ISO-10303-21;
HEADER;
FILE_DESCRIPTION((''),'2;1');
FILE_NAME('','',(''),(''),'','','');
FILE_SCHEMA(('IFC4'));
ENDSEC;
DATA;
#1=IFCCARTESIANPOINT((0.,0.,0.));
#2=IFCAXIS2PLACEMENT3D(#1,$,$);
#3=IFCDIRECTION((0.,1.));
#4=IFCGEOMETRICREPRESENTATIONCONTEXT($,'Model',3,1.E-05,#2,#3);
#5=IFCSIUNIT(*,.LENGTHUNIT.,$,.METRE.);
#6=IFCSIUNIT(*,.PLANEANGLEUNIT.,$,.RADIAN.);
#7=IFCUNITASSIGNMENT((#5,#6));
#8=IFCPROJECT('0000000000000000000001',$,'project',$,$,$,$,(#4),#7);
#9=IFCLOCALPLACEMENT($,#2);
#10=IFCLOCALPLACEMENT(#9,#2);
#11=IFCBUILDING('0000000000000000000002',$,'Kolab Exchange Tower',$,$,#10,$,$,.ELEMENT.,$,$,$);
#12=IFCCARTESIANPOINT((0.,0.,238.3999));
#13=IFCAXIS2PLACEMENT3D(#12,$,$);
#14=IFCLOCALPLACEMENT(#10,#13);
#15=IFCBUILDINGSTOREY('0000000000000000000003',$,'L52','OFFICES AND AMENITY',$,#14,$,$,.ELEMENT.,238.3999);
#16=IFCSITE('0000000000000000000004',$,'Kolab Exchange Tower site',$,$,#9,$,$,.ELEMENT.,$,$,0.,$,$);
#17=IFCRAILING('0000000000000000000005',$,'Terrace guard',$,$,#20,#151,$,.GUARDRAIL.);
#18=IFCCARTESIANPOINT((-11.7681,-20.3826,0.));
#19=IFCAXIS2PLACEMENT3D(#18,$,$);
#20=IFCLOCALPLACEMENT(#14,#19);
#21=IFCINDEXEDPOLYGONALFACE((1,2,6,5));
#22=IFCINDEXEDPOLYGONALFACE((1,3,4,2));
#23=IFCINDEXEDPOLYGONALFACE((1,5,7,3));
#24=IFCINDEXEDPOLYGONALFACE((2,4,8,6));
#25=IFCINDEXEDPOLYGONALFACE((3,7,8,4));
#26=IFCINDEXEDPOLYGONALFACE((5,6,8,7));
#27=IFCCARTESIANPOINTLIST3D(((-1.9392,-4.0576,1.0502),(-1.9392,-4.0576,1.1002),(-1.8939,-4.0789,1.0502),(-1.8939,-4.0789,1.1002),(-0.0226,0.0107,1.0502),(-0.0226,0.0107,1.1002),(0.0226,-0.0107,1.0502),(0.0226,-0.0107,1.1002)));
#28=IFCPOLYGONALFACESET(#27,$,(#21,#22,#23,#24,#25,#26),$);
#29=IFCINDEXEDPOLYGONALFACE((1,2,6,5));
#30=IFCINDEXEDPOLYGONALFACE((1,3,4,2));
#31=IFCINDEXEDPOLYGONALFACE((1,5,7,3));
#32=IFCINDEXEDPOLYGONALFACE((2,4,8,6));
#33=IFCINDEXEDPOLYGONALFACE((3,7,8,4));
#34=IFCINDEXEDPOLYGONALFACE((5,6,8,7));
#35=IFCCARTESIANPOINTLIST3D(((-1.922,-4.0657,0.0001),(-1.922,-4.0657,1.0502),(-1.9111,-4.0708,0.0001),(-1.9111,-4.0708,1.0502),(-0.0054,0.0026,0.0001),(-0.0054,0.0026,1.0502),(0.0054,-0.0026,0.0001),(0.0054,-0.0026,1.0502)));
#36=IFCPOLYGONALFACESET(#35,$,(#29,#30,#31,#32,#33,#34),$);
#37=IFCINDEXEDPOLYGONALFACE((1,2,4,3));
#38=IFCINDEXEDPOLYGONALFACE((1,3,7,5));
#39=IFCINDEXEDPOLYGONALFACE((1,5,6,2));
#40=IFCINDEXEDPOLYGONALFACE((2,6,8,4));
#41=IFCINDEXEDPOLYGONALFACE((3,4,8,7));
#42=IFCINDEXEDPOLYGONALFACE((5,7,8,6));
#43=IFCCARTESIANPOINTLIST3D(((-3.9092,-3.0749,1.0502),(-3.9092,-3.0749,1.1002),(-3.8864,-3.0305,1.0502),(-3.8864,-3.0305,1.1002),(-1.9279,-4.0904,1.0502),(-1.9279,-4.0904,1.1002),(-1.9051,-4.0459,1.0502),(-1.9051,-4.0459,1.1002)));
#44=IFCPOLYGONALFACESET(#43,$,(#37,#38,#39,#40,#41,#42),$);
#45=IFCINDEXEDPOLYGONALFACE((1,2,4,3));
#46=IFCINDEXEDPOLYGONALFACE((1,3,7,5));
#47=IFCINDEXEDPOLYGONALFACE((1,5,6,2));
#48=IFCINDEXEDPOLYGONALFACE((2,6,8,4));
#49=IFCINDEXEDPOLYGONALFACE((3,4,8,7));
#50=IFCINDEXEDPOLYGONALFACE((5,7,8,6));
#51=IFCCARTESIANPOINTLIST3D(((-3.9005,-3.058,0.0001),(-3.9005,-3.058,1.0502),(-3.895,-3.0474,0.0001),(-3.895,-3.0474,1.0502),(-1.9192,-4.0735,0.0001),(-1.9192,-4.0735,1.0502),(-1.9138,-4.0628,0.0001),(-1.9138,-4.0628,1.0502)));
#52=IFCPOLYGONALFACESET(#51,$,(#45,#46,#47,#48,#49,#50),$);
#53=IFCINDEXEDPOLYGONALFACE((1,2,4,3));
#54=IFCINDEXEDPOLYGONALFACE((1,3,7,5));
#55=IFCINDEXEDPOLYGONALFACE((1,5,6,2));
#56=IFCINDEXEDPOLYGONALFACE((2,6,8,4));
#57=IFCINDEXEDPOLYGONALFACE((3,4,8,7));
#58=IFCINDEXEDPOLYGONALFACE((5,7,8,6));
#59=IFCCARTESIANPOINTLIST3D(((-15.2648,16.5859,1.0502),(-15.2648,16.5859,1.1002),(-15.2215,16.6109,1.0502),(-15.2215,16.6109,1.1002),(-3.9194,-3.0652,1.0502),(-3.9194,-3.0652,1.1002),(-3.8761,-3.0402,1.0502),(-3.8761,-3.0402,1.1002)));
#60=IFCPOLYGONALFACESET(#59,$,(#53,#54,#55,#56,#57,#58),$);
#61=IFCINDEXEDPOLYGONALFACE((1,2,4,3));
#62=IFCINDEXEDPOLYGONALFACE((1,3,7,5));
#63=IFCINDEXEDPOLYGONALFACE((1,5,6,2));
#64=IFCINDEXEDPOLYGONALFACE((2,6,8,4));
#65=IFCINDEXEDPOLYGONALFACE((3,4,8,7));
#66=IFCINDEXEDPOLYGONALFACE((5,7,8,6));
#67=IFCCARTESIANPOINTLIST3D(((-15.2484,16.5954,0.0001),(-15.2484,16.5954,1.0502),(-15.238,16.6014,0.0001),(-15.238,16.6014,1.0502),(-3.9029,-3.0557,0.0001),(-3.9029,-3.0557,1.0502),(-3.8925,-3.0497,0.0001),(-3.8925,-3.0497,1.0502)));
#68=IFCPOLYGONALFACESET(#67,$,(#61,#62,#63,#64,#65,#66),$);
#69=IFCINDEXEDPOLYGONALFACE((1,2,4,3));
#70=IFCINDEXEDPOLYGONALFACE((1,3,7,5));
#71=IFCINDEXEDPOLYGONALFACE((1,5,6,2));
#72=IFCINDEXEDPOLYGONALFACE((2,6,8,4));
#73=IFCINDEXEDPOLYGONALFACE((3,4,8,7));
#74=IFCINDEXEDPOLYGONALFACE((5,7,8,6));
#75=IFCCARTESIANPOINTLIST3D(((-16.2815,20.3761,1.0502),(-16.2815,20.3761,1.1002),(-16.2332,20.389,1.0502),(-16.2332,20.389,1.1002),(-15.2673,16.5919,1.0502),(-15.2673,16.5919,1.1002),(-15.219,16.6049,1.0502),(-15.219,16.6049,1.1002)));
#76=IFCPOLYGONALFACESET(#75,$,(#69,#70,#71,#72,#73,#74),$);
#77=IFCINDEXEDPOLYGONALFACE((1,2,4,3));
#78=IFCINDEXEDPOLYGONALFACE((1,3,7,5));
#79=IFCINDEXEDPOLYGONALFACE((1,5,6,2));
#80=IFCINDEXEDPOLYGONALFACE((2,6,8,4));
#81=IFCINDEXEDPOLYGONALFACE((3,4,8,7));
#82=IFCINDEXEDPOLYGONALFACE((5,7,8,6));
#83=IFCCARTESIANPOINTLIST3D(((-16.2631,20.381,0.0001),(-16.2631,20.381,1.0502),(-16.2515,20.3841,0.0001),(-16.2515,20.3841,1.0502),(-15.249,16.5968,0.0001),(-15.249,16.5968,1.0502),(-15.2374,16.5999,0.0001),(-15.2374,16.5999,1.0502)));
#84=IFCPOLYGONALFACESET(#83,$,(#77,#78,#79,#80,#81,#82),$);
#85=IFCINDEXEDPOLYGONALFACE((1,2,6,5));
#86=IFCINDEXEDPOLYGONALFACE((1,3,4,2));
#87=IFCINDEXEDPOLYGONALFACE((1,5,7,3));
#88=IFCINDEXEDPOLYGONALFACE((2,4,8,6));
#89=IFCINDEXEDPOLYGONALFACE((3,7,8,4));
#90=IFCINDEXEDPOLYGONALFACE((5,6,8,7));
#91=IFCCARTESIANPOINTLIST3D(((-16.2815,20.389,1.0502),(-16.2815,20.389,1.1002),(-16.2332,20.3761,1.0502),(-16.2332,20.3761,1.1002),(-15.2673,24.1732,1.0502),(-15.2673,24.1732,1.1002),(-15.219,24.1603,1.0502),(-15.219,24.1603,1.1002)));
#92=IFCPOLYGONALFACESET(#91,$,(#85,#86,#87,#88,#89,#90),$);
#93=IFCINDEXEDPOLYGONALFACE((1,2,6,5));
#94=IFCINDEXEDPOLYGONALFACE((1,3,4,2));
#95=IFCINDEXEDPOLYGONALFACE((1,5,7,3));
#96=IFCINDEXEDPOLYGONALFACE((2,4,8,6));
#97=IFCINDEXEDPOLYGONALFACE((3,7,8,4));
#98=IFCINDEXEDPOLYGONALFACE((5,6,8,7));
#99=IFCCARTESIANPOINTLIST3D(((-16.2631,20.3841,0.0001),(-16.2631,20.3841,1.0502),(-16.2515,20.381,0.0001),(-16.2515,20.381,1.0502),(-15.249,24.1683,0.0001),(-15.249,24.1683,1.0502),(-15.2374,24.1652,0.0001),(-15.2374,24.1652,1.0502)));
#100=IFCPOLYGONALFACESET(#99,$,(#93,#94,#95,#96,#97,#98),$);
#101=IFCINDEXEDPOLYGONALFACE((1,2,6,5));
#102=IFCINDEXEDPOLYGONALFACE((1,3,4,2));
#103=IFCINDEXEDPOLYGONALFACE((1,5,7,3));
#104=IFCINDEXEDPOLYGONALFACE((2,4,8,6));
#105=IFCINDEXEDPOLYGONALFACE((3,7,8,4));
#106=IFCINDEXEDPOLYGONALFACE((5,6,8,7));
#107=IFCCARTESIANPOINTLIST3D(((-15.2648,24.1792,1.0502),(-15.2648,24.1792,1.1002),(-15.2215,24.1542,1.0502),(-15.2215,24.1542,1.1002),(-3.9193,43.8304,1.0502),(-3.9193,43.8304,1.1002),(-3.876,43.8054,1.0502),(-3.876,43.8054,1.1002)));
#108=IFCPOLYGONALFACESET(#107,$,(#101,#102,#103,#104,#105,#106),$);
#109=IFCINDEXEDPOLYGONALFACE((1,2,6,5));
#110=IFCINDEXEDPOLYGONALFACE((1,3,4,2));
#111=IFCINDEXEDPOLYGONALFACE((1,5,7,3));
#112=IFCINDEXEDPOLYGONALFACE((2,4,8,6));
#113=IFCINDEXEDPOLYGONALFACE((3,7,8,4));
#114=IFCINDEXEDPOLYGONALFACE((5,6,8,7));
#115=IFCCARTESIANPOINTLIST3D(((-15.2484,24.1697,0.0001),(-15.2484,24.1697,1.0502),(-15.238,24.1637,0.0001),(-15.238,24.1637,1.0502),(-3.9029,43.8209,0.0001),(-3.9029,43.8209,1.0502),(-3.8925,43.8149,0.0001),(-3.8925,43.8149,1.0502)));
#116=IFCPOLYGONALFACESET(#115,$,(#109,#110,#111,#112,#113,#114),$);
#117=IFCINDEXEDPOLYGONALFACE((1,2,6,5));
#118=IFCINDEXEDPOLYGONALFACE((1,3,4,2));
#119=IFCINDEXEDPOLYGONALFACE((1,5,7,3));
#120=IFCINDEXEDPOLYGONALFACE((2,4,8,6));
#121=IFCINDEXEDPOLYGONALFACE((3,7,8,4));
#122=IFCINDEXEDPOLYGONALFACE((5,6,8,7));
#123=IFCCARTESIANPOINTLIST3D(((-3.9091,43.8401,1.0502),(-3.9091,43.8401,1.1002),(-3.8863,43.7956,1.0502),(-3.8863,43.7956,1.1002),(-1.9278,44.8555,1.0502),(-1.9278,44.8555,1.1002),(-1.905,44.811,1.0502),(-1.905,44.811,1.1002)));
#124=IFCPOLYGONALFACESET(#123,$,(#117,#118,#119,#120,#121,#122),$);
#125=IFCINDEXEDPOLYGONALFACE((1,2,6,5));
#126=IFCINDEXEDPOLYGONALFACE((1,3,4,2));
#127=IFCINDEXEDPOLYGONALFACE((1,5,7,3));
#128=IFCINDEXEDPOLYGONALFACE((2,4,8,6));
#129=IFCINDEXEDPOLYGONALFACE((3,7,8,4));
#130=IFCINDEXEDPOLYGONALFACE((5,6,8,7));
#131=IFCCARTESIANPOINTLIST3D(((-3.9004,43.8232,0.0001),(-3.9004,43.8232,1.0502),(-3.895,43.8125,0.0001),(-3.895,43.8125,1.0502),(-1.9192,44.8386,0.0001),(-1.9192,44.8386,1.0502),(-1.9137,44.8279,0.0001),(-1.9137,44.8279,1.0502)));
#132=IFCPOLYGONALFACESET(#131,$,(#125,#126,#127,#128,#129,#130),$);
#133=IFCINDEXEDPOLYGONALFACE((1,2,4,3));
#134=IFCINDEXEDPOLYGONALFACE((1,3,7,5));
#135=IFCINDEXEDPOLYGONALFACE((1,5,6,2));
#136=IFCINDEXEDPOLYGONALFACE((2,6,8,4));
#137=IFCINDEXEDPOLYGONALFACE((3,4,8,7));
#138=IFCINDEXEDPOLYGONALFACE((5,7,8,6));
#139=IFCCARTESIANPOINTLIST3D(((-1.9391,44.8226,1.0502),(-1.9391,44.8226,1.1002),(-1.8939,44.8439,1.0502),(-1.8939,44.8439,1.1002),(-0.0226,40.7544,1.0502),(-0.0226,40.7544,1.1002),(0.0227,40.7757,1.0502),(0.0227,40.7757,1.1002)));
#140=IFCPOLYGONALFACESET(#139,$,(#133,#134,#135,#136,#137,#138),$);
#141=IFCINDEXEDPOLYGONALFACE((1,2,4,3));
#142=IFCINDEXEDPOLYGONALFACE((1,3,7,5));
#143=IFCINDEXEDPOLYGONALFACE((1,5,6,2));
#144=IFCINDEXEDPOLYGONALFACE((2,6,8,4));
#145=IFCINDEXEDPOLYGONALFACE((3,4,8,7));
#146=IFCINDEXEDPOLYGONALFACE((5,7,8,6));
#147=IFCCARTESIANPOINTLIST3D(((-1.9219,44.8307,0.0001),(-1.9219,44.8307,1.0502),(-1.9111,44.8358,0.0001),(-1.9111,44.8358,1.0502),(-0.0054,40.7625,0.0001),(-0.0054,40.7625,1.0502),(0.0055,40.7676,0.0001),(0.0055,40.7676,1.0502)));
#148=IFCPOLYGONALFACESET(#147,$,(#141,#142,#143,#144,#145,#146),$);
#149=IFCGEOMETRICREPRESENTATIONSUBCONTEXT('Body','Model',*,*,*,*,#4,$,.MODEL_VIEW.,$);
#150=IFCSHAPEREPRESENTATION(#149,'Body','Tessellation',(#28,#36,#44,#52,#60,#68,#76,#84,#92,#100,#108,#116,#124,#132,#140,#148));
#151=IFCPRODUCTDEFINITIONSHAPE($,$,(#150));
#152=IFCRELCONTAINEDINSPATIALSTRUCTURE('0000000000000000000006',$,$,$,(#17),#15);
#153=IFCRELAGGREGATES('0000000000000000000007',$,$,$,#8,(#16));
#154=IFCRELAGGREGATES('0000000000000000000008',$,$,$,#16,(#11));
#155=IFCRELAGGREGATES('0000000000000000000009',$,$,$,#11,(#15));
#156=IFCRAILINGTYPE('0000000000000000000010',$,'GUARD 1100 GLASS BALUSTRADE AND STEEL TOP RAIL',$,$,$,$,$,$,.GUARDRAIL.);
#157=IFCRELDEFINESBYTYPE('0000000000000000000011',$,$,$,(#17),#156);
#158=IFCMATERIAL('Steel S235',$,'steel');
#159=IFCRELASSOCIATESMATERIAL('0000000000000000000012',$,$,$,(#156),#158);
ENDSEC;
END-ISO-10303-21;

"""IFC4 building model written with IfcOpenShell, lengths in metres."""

from ifc_helpers import new_model, si_unit, direction, frame, frame_2d, origin, origin_2d, place, context, subcontext, project, spatial, rectangle, extrude, material, type_object, element, save


model = new_model("IFC4")

# Units and contexts
model_context = context("Model", 3, precision=1e-05, world=origin(), true_north=direction((0.0, 1.0)))
body_context = subcontext(model_context, "Body", "Model", "MODEL_VIEW")
ifc_project = project(units=[si_unit("LENGTHUNIT", "METRE"), si_unit("PLANEANGLEUNIT", "RADIAN")], contexts=[model_context])

# Site, building, storey
site_placement = place(None, origin())
site = spatial("IfcSite", under=ifc_project, at=site_placement, Name="Kolab Exchange Tower site", CompositionType="ELEMENT", RefElevation=0.0)
building_placement = place(site_placement, origin())
building = spatial("IfcBuilding", under=site, at=building_placement, Name="Kolab Exchange Tower", CompositionType="ELEMENT")
storey_placement = place(building_placement, frame((0.0, 0.0, 238.3999)))
storey = spatial("IfcBuildingStorey", under=building, at=storey_placement, Name="L52", Description="OFFICES AND AMENITY", CompositionType="ELEMENT", Elevation=238.3999)

# Railing
ifc_material_1 = material(Name="Steel S235", Category="steel")
railing_type = type_object("IfcRailingType", Name="GUARD 1100 GLASS BALUSTRADE AND STEEL TOP RAIL", PredefinedType="GUARDRAIL", material=ifc_material_1)
railing_1_placement = place(storey_placement, frame((-11.7681, -20.3826, 0.0)))
element("IfcRailing", 1, at=railing_1_placement, inside=storey, type_object=railing_type, Name="Terrace guard", PredefinedType="GUARDRAIL", context=body_context, shape_type="SweptSolid", body=[
    extrude(rectangle(XDim=0.05, YDim=0.05, at=origin_2d()), frame((0.0, 0.0, 1.0752), z_axis=(-0.426179, -0.904639, 0.0), x_axis=(0.904639, -0.426179, 0.0)), (0.0, 0.0, 1.0), 4.4971),
    extrude(rectangle(XDim=0.012, YDim=1.0501, at=frame_2d((0.0, 0.5251))), frame((0.0, 0.0, 0.0), z_axis=(-0.426179, -0.904639, 0.0), x_axis=(0.904639, -0.426179, 0.0)), (0.0, 0.0, 1.0), 4.4971),
    extrude(rectangle(XDim=0.05, YDim=0.05, at=origin_2d()), frame((-1.9165, -4.0681, 1.0752), z_axis=(-0.88993, 0.456096, 0.0), x_axis=(-0.456096, -0.88993, 0.0)), (0.0, 0.0, 1.0), 2.2263),
    extrude(rectangle(XDim=0.012, YDim=1.0501, at=frame_2d((0.0, 0.5251))), frame((-1.9165, -4.0681, 0.0), z_axis=(-0.88993, 0.456096, 0.0), x_axis=(-0.456096, -0.88993, 0.0)), (0.0, 0.0, 1.0), 2.2263),
    extrude(rectangle(XDim=0.05, YDim=0.05, at=origin_2d()), frame((-3.8977, -3.0527, 1.0752), z_axis=(-0.499996, 0.866028, 0.0), x_axis=(-0.866028, -0.499996, 0.0)), (0.0, 0.0, 1.0), 22.6912),
    extrude(rectangle(XDim=0.012, YDim=1.0501, at=frame_2d((0.0, 0.5251))), frame((-3.8977, -3.0527, 0.0), z_axis=(-0.499996, 0.866028, 0.0), x_axis=(-0.866028, -0.499996, 0.0)), (0.0, 0.0, 1.0), 22.6912),
    extrude(rectangle(XDim=0.05, YDim=0.05, at=origin_2d()), frame((-15.2432, 16.5984, 1.0752), z_axis=(-0.258865, 0.965914, 0.0), x_axis=(-0.965914, -0.258865, 0.0)), (0.0, 0.0, 1.0), 3.9177),
    extrude(rectangle(XDim=0.012, YDim=1.0501, at=frame_2d((0.0, 0.5251))), frame((-15.2432, 16.5984, 0.0), z_axis=(-0.258865, 0.965914, 0.0), x_axis=(-0.965914, -0.258865, 0.0)), (0.0, 0.0, 1.0), 3.9177),
    extrude(rectangle(XDim=0.05, YDim=0.05, at=origin_2d()), frame((-16.2573, 20.3826, 1.0752), z_axis=(0.258865, 0.965914, 0.0), x_axis=(-0.965914, 0.258865, 0.0)), (0.0, 0.0, 1.0), 3.9177),
    extrude(rectangle(XDim=0.012, YDim=1.0501, at=frame_2d((0.0, 0.5251))), frame((-16.2573, 20.3826, 0.0), z_axis=(0.258865, 0.965914, 0.0), x_axis=(-0.965914, 0.258865, 0.0)), (0.0, 0.0, 1.0), 3.9177),
    extrude(rectangle(XDim=0.05, YDim=0.05, at=origin_2d()), frame((-15.2432, 24.1667, 1.0752), z_axis=(0.499996, 0.866028, 0.0), x_axis=(-0.866028, 0.499996, 0.0)), (0.0, 0.0, 1.0), 22.6912),
    extrude(rectangle(XDim=0.012, YDim=1.0501, at=frame_2d((0.0, 0.5251))), frame((-15.2432, 24.1667, 0.0), z_axis=(0.499996, 0.866028, 0.0), x_axis=(-0.866028, 0.499996, 0.0)), (0.0, 0.0, 1.0), 22.6912),
    extrude(rectangle(XDim=0.05, YDim=0.05, at=origin_2d()), frame((-3.8977, 43.8179, 1.0752), z_axis=(0.88993, 0.456096, 0.0), x_axis=(-0.456096, 0.88993, 0.0)), (0.0, 0.0, 1.0), 2.2263),
    extrude(rectangle(XDim=0.012, YDim=1.0501, at=frame_2d((0.0, 0.5251))), frame((-3.8977, 43.8179, 0.0), z_axis=(0.88993, 0.456096, 0.0), x_axis=(-0.456096, 0.88993, 0.0)), (0.0, 0.0, 1.0), 2.2263),
    extrude(rectangle(XDim=0.05, YDim=0.05, at=origin_2d()), frame((-1.9165, 44.8333, 1.0752), z_axis=(0.426179, -0.904639, 0.0), x_axis=(0.904639, 0.426179, 0.0)), (0.0, 0.0, 1.0), 4.4971),
    extrude(rectangle(XDim=0.012, YDim=1.0501, at=frame_2d((0.0, 0.5251))), frame((-1.9165, 44.8333, 0.0), z_axis=(0.426179, -0.904639, 0.0), x_axis=(0.904639, 0.426179, 0.0)), (0.0, 0.0, 1.0), 4.4971),
])

save(model, "model.ifc")
